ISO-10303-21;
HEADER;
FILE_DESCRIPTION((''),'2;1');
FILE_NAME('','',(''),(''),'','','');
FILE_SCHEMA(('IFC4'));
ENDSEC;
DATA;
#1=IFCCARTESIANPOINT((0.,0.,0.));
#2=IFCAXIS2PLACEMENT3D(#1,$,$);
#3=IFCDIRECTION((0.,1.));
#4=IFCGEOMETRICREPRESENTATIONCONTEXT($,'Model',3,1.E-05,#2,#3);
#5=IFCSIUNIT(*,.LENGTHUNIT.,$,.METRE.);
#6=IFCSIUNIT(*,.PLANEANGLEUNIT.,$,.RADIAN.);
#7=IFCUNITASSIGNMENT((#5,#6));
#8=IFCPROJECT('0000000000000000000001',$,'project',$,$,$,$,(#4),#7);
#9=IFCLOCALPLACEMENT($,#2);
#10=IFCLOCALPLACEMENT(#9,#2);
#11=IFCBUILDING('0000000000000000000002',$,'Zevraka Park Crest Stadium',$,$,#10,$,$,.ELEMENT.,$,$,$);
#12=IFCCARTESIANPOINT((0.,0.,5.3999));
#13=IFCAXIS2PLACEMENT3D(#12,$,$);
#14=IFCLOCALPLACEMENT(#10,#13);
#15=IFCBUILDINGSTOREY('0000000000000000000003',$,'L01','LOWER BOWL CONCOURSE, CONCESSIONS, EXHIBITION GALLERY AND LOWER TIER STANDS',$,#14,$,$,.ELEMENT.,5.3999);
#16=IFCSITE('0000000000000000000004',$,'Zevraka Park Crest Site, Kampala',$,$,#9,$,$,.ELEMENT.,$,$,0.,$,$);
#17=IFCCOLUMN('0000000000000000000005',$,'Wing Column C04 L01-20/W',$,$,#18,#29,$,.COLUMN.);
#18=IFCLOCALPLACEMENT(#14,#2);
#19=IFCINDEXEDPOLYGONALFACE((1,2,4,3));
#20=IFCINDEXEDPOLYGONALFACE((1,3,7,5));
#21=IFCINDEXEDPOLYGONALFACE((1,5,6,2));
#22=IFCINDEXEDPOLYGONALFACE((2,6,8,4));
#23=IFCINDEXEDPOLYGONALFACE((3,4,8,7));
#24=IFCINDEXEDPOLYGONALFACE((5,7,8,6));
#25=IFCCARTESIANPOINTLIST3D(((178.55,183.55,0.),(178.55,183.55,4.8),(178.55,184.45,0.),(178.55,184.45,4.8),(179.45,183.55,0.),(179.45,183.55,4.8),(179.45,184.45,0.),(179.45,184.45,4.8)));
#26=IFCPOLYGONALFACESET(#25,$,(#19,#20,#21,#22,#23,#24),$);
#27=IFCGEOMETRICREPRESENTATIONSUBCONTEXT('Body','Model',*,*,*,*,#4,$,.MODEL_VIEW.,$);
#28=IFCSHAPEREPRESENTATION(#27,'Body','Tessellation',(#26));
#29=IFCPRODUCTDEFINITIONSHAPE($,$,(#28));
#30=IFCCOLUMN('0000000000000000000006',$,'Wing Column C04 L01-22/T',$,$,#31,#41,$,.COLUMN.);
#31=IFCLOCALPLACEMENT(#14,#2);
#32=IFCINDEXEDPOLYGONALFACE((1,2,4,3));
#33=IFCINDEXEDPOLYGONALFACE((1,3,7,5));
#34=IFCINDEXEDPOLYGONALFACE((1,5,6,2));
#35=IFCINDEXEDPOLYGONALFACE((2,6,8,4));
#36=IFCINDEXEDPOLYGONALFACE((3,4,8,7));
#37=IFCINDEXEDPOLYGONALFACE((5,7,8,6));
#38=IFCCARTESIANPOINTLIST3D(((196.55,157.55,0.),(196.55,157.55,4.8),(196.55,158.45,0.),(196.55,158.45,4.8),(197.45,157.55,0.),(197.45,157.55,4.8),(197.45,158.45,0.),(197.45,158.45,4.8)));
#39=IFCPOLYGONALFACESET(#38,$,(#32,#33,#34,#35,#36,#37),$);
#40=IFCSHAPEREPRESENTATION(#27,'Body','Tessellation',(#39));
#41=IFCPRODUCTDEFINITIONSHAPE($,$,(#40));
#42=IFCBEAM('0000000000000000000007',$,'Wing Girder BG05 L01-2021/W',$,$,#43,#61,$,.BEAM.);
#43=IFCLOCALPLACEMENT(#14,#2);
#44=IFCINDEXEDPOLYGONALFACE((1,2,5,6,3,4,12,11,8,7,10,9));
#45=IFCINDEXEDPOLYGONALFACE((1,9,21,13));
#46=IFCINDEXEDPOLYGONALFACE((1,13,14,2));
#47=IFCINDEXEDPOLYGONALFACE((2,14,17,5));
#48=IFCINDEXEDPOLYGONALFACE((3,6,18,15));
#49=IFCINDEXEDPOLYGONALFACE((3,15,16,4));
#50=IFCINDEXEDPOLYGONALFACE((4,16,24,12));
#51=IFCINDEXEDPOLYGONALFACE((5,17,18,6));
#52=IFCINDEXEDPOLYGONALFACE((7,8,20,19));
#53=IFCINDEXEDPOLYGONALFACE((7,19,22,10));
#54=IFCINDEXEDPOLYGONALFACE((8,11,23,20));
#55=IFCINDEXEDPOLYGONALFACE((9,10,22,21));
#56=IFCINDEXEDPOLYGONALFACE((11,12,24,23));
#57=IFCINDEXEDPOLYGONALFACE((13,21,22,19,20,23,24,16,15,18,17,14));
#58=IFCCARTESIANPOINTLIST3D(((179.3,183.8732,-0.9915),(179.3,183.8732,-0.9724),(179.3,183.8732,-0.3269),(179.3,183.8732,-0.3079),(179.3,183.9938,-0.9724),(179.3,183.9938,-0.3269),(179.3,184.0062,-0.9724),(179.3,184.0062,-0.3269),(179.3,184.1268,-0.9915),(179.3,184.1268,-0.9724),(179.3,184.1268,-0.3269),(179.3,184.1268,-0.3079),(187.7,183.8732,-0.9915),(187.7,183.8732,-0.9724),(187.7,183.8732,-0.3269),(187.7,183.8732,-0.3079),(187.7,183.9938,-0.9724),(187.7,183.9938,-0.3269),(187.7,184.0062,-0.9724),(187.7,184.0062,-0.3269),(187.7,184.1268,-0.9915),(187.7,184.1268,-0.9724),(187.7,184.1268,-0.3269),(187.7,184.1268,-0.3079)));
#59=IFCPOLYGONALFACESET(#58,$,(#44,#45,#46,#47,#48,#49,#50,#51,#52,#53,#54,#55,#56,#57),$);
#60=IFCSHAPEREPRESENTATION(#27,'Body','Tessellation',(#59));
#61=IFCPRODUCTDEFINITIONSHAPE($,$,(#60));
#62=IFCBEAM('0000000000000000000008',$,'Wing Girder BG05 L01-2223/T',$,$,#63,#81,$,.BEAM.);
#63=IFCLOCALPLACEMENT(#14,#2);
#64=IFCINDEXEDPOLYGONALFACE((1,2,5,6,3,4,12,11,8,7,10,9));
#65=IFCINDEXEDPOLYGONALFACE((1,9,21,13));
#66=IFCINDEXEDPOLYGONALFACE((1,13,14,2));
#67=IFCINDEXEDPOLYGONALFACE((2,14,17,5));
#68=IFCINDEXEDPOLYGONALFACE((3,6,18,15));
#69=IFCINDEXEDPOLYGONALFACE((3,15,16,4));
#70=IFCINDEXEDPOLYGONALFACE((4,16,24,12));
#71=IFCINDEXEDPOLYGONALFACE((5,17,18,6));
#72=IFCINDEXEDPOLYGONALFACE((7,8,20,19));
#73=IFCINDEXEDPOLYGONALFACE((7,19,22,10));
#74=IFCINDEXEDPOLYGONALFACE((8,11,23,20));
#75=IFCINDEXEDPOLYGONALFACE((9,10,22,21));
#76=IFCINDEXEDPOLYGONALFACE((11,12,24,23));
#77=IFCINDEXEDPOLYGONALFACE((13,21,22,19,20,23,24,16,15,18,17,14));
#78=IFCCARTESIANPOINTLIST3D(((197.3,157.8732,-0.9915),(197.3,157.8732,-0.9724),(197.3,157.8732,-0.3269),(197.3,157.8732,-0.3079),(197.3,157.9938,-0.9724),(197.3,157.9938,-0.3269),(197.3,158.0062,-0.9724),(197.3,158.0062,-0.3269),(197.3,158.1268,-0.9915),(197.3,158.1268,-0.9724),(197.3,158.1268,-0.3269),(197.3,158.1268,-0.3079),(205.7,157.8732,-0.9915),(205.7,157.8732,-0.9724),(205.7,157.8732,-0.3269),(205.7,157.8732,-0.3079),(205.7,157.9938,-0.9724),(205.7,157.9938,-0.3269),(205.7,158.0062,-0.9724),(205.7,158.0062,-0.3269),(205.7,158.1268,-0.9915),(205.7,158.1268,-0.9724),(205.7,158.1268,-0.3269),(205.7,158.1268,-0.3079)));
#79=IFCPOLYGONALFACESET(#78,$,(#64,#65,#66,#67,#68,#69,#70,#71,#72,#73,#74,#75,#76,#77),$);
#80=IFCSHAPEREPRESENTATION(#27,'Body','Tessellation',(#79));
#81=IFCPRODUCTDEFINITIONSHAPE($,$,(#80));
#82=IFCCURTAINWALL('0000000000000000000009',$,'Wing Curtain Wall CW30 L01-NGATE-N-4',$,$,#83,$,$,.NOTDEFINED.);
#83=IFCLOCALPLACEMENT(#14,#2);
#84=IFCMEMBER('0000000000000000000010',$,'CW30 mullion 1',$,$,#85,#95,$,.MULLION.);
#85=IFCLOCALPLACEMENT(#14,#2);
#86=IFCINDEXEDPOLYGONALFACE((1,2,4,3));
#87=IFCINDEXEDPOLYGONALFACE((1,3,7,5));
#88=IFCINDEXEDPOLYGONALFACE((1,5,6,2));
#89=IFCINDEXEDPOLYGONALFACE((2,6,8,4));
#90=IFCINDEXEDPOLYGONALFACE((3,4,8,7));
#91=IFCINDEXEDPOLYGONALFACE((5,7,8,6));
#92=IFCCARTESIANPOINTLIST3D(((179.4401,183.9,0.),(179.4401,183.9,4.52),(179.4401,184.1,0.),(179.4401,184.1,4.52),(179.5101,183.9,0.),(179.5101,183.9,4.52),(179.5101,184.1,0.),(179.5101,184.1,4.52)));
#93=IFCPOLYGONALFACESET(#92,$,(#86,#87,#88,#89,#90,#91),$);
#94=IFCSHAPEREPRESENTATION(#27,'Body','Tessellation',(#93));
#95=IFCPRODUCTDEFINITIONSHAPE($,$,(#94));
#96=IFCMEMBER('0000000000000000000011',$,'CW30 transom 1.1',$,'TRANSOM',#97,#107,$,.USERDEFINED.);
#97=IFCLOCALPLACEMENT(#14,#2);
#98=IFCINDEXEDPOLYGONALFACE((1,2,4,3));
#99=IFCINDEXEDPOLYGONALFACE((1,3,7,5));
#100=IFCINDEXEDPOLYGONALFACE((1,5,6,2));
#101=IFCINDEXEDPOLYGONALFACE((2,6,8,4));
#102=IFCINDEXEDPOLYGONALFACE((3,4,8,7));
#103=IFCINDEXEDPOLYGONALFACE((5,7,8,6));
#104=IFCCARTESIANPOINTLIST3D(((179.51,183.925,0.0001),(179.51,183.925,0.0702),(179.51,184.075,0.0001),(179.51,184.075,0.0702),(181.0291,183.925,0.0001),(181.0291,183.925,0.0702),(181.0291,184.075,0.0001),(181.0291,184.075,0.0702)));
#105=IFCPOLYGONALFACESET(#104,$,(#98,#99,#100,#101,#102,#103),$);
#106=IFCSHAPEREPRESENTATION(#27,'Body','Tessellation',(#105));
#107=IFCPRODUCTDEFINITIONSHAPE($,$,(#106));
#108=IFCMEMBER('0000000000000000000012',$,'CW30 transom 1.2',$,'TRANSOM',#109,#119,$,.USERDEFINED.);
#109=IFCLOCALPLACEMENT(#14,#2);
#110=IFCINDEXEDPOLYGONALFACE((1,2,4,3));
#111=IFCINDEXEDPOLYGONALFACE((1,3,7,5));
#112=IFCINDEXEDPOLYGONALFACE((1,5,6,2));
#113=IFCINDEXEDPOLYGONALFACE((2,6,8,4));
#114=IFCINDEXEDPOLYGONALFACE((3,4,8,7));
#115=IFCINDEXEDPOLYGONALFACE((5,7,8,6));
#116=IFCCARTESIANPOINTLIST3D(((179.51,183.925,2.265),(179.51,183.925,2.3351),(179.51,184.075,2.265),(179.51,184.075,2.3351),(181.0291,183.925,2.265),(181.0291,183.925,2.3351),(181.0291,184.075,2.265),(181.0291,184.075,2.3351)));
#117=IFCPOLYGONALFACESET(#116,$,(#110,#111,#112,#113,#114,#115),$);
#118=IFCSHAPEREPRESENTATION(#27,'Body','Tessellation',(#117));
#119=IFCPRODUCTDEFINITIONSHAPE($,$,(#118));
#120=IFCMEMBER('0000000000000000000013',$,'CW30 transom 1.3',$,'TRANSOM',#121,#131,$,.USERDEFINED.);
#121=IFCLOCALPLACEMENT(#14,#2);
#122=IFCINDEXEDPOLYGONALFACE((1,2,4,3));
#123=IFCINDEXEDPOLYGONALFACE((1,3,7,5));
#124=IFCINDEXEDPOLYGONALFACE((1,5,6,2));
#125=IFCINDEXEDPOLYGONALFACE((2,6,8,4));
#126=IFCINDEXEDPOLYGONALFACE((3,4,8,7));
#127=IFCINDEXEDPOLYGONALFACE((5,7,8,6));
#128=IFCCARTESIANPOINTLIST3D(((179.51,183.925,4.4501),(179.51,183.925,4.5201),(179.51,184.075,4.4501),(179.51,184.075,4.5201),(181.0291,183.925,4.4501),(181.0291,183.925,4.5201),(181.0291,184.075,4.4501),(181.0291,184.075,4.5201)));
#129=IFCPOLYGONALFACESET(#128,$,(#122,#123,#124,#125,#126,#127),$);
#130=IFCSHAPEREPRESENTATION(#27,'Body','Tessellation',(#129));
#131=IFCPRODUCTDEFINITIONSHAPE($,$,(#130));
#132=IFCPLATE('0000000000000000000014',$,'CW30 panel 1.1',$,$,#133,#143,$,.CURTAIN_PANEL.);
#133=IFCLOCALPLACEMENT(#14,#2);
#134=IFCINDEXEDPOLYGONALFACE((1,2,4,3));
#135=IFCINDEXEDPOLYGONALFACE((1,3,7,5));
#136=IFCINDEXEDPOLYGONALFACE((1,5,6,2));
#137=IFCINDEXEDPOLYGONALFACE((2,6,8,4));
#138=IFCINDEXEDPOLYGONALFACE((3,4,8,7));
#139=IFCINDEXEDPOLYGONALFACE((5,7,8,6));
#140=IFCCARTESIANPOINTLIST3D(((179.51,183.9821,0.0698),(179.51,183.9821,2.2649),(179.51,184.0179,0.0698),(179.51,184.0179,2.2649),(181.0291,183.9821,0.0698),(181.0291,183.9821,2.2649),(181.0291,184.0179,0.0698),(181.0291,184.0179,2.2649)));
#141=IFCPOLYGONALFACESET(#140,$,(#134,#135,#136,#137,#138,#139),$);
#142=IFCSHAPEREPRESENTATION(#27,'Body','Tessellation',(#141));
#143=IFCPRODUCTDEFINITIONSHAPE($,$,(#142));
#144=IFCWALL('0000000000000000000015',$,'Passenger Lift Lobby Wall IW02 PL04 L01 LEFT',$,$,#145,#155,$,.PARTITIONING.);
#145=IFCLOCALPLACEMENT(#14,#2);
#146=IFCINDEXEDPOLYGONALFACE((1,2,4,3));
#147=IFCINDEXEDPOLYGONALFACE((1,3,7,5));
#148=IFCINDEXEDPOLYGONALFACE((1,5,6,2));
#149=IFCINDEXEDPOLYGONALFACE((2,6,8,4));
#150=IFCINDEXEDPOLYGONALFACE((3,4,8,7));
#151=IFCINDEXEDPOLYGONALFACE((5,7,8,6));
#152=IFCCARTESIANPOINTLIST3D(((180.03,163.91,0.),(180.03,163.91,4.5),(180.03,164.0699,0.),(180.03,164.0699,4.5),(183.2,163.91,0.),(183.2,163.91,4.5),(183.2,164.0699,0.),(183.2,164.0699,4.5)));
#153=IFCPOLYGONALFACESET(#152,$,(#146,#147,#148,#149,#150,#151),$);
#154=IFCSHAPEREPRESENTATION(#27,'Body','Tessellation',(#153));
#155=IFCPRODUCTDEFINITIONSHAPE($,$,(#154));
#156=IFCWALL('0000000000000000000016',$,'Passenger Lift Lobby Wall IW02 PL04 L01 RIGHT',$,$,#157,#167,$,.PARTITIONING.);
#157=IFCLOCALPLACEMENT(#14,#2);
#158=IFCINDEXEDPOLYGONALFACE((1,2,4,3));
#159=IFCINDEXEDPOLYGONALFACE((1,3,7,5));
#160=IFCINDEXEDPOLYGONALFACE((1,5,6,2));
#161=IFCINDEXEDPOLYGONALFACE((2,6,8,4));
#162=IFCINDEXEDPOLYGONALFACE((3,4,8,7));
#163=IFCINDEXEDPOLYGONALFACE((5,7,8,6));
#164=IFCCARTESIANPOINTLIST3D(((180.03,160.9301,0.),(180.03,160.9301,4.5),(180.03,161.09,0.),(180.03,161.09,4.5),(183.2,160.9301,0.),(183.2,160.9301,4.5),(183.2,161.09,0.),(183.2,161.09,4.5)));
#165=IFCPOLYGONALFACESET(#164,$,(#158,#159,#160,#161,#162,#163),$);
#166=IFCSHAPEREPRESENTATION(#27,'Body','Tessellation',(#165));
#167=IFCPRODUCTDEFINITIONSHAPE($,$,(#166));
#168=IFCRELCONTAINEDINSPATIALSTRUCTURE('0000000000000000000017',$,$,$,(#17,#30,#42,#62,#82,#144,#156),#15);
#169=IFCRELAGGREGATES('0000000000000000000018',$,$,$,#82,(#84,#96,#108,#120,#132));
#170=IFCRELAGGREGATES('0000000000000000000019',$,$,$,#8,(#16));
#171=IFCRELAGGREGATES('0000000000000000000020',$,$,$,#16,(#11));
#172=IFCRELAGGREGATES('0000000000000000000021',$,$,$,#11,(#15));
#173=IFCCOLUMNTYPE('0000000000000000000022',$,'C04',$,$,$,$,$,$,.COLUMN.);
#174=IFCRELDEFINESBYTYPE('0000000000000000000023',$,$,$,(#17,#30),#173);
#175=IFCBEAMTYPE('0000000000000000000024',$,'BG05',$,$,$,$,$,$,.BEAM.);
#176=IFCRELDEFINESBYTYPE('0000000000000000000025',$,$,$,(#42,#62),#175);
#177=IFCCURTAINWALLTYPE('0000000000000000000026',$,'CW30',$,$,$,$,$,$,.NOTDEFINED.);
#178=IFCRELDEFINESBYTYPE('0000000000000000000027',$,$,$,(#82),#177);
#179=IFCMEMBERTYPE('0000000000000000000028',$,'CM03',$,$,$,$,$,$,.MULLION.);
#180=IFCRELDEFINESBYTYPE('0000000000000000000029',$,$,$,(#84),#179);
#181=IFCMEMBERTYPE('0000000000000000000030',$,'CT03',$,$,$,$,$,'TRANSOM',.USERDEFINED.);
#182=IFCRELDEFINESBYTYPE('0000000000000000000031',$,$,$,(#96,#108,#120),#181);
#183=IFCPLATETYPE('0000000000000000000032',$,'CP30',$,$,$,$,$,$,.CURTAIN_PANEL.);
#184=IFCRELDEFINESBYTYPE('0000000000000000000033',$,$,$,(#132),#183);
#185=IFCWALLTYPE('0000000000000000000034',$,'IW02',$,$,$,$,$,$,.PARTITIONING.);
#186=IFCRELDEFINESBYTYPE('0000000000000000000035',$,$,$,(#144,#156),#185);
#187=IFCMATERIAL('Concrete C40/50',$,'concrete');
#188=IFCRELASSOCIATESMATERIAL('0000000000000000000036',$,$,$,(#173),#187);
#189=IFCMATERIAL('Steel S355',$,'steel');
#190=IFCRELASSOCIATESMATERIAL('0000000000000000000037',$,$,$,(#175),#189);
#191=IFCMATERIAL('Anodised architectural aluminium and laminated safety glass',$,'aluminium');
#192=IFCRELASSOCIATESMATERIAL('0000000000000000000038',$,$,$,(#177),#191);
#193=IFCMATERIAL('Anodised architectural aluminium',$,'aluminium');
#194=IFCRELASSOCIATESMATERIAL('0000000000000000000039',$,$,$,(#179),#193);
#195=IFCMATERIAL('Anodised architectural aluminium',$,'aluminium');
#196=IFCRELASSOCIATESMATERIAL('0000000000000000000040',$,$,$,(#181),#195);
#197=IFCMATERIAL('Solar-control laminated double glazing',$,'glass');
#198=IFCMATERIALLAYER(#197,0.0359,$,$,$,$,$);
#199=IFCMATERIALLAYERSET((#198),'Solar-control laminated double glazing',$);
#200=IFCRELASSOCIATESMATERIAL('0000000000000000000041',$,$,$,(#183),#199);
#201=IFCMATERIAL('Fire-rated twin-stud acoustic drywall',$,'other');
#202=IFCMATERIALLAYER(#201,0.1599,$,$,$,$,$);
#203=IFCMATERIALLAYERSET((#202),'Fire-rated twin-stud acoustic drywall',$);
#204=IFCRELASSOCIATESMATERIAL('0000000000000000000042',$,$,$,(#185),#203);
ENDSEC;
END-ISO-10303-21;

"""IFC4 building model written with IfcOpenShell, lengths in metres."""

from ifc_helpers import new_model, si_unit, direction, frame, frame_2d, origin, origin_2d, place, context, subcontext, project, spatial, rectangle, i_section, extrude, material, layer, layer_set, material_profile, profile_set, type_object, element, aggregate, save


model = new_model("IFC4")

# Units and contexts
model_context = context("Model", 3, precision=1e-05, world=origin(), true_north=direction((0.0, 1.0)))
body_context = subcontext(model_context, "Body", "Model", "MODEL_VIEW")
ifc_project = project(units=[si_unit("LENGTHUNIT", "METRE"), si_unit("PLANEANGLEUNIT", "RADIAN")], contexts=[model_context])

# Site, building, storey
site_placement = place(None, origin())
site = spatial("IfcSite", under=ifc_project, at=site_placement, Name="Zevraka Park Crest Site, Kampala", CompositionType="ELEMENT", RefElevation=0.0)
building_placement = place(site_placement, origin())
building = spatial("IfcBuilding", under=site, at=building_placement, Name="Zevraka Park Crest Stadium", CompositionType="ELEMENT")
storey_placement = place(building_placement, frame((0.0, 0.0, 5.3999)))
storey = spatial("IfcBuildingStorey", under=building, at=storey_placement, Name="L01", Description="LOWER BOWL CONCOURSE, CONCESSIONS, EXHIBITION GALLERY AND LOWER TIER STANDS", CompositionType="ELEMENT", Elevation=5.3999)

# Columns
ifc_material_1 = material(Name="Concrete C40/50", Category="concrete")
ifc_material_profile_1 = material_profile(ifc_material_1, rectangle(XDim=0.8999, YDim=0.8999, at=origin_2d()), Name="RC 900x900")
ifc_profile_set_1 = profile_set([ifc_material_profile_1], Name="Concrete C40/50")
column_type = type_object("IfcColumnType", Name="C04", PredefinedType="COLUMN", material=ifc_profile_set_1)
for number, where, z_axis, x_axis, name in (
    (1, (179.0, 184.0, 0.0), (0.0, 0.0, 1.0), (1.0, 0.0, 0.0), "Wing Column C04 L01-20/W"),
    (2, (197.0, 158.0, 0.0), (0.0, 0.0, 1.0), (1.0, 0.0, 0.0), "Wing Column C04 L01-22/T"),
):
    element("IfcColumn", number, at=place(storey_placement, frame(where, z_axis=z_axis, x_axis=x_axis)), inside=storey, type_object=column_type, Name=name, PredefinedType="COLUMN", context=body_context, shape_type="SweptSolid", body=[
        extrude(rectangle(XDim=0.8999, YDim=0.8999, at=origin_2d()), origin(), (0.0, 0.0, 1.0), 4.8),
    ])

# Beams
ifc_material_2 = material(Name="Steel S355", Category="steel")
ifc_material_profile_2 = material_profile(ifc_material_2, i_section(OverallWidth=0.2537, OverallDepth=0.6836, WebThickness=0.0125, FlangeThickness=0.019, at=origin_2d()), Name="UKB 686x254x140")
ifc_profile_set_2 = profile_set([ifc_material_profile_2], Name="Steel S355")
beam_type = type_object("IfcBeamType", Name="BG05", PredefinedType="BEAM", material=ifc_profile_set_2)
for number, where, z_axis, x_axis, name in (
    (3, (179.3, 184.0, -0.6497), (1.0, 0.0, 0.0), (0.0, 1.0, 0.0), "Wing Girder BG05 L01-2021/W"),
    (4, (197.3, 158.0, -0.6497), (1.0, 0.0, 0.0), (0.0, 1.0, 0.0), "Wing Girder BG05 L01-2223/T"),
):
    element("IfcBeam", number, at=place(storey_placement, frame(where, z_axis=z_axis, x_axis=x_axis)), inside=storey, type_object=beam_type, Name=name, PredefinedType="BEAM", context=body_context, shape_type="SweptSolid", body=[
        extrude(i_section(OverallWidth=0.2537, OverallDepth=0.6836, WebThickness=0.0125, FlangeThickness=0.019, at=origin_2d()), origin(), (0.0, 0.0, 1.0), 8.3999),
    ])

# Curtain wall, members, plate
ifc_material_3 = material(Name="Anodised architectural aluminium and laminated safety glass", Category="aluminium")
curtain_wall_type = type_object("IfcCurtainWallType", Name="CW30", PredefinedType="NOTDEFINED", material=ifc_material_3)
curtain_wall_placement = place(storey_placement, origin())
curtain_wall = element("IfcCurtainWall", 5, at=curtain_wall_placement, inside=storey, type_object=curtain_wall_type, Name="Wing Curtain Wall CW30 L01-NGATE-N-4", PredefinedType="NOTDEFINED")
ifc_material_4 = material(Name="Anodised architectural aluminium", Category="aluminium")
ifc_material_profile_3 = material_profile(ifc_material_4, rectangle(XDim=0.2, YDim=0.0701, at=origin_2d()), Name="ALU MULLION 200x70")
ifc_profile_set_3 = profile_set([ifc_material_profile_3], Name="Anodised architectural aluminium")
member_type_1 = type_object("IfcMemberType", Name="CM03", PredefinedType="MULLION", material=ifc_profile_set_3)
member_1_placement = place(storey_placement, frame((179.4751, 184.0, 0.0), z_axis=(0.0, 0.0, 1.0), x_axis=(0.0, 1.0, 0.0)))
member_1 = element("IfcMember", 6, at=member_1_placement, type_object=member_type_1, Name="CW30 mullion 1", PredefinedType="MULLION", context=body_context, shape_type="SweptSolid", body=[
    extrude(rectangle(XDim=0.2, YDim=0.0701, at=origin_2d()), origin(), (0.0, 0.0, 1.0), 4.52),
])
ifc_material_5 = material(Name="Anodised architectural aluminium", Category="aluminium")
ifc_material_profile_4 = material_profile(ifc_material_5, rectangle(XDim=0.1499, YDim=0.0701, at=origin_2d()), Name="ALU TRANSOM 150x70")
ifc_profile_set_4 = profile_set([ifc_material_profile_4], Name="Anodised architectural aluminium")
member_type_2 = type_object("IfcMemberType", Name="CT03", ElementType="TRANSOM", PredefinedType="USERDEFINED", material=ifc_profile_set_4)
member_2_placement = place(storey_placement, frame((179.51, 184.0, 0.0352), z_axis=(1.0, 0.0, 0.0), x_axis=(0.0, 1.0, 0.0)))
member_2 = element("IfcMember", 7, at=member_2_placement, type_object=member_type_2, Name="CW30 transom 1.1", ObjectType="TRANSOM", PredefinedType="USERDEFINED", context=body_context, shape_type="SweptSolid", body=[
    extrude(rectangle(XDim=0.1499, YDim=0.0701, at=origin_2d()), origin(), (0.0, 0.0, 1.0), 1.519),
])
member_3_placement = place(storey_placement, frame((179.51, 184.0, 2.3), z_axis=(1.0, 0.0, 0.0), x_axis=(0.0, 1.0, 0.0)))
member_3 = element("IfcMember", 8, at=member_3_placement, type_object=member_type_2, Name="CW30 transom 1.2", ObjectType="TRANSOM", PredefinedType="USERDEFINED", context=body_context, shape_type="SweptSolid", body=[
    extrude(rectangle(XDim=0.1499, YDim=0.0701, at=origin_2d()), origin(), (0.0, 0.0, 1.0), 1.519),
])
member_4_placement = place(storey_placement, frame((179.51, 184.0, 4.4851), z_axis=(1.0, 0.0, 0.0), x_axis=(0.0, 1.0, 0.0)))
member_4 = element("IfcMember", 9, at=member_4_placement, type_object=member_type_2, Name="CW30 transom 1.3", ObjectType="TRANSOM", PredefinedType="USERDEFINED", context=body_context, shape_type="SweptSolid", body=[
    extrude(rectangle(XDim=0.1499, YDim=0.0701, at=origin_2d()), origin(), (0.0, 0.0, 1.0), 1.519),
])
ifc_material_6 = material(Name="Solar-control laminated double glazing", Category="glass")
ifc_layer_1 = layer(ifc_material_6, 0.0359)
ifc_layer_set_1 = layer_set([ifc_layer_1], Name="Solar-control laminated double glazing")
plate_type = type_object("IfcPlateType", Name="CP30", PredefinedType="CURTAIN_PANEL", material=ifc_layer_set_1)
plate_placement = place(storey_placement, frame((180.2695, 184.0, 0.0698), z_axis=(0.0, 0.0, 1.0), x_axis=(1.0, 0.0, 0.0)))
plate = element("IfcPlate", 10, at=plate_placement, type_object=plate_type, Name="CW30 panel 1.1", PredefinedType="CURTAIN_PANEL", context=body_context, shape_type="SweptSolid", body=[
    extrude(rectangle(XDim=1.519, YDim=0.0359, at=origin_2d()), origin(), (0.0, 0.0, 1.0), 2.1951),
])
aggregate(curtain_wall, [member_1, member_2, member_3, member_4, plate])

# Walls
ifc_material_7 = material(Name="Fire-rated twin-stud acoustic drywall", Category="other")
ifc_layer_2 = layer(ifc_material_7, 0.1599)
ifc_layer_set_2 = layer_set([ifc_layer_2], Name="Fire-rated twin-stud acoustic drywall")
wall_type_1 = type_object("IfcWallType", Name="IW02", PredefinedType="PARTITIONING", material=ifc_layer_set_2)
for number, where, z_axis, x_axis, name in (
    (11, (183.2, 163.99, 0.0), (0.0, 0.0, 1.0), (-1.0, 0.0, 0.0), "Passenger Lift Lobby Wall IW02 PL04 L01 LEFT"),
    (12, (183.2, 161.01, 0.0), (0.0, 0.0, 1.0), (-1.0, 0.0, 0.0), "Passenger Lift Lobby Wall IW02 PL04 L01 RIGHT"),
):
    element("IfcWall", number, at=place(storey_placement, frame(where, z_axis=z_axis, x_axis=x_axis)), inside=storey, type_object=wall_type_1, Name=name, PredefinedType="PARTITIONING", context=body_context, shape_type="SweptSolid", body=[
        extrude(rectangle(XDim=3.1699, YDim=0.1599, at=frame_2d((1.585, 0.0))), origin(), (0.0, 0.0, 1.0), 4.5),
    ])

save(model, "model.ifc")
